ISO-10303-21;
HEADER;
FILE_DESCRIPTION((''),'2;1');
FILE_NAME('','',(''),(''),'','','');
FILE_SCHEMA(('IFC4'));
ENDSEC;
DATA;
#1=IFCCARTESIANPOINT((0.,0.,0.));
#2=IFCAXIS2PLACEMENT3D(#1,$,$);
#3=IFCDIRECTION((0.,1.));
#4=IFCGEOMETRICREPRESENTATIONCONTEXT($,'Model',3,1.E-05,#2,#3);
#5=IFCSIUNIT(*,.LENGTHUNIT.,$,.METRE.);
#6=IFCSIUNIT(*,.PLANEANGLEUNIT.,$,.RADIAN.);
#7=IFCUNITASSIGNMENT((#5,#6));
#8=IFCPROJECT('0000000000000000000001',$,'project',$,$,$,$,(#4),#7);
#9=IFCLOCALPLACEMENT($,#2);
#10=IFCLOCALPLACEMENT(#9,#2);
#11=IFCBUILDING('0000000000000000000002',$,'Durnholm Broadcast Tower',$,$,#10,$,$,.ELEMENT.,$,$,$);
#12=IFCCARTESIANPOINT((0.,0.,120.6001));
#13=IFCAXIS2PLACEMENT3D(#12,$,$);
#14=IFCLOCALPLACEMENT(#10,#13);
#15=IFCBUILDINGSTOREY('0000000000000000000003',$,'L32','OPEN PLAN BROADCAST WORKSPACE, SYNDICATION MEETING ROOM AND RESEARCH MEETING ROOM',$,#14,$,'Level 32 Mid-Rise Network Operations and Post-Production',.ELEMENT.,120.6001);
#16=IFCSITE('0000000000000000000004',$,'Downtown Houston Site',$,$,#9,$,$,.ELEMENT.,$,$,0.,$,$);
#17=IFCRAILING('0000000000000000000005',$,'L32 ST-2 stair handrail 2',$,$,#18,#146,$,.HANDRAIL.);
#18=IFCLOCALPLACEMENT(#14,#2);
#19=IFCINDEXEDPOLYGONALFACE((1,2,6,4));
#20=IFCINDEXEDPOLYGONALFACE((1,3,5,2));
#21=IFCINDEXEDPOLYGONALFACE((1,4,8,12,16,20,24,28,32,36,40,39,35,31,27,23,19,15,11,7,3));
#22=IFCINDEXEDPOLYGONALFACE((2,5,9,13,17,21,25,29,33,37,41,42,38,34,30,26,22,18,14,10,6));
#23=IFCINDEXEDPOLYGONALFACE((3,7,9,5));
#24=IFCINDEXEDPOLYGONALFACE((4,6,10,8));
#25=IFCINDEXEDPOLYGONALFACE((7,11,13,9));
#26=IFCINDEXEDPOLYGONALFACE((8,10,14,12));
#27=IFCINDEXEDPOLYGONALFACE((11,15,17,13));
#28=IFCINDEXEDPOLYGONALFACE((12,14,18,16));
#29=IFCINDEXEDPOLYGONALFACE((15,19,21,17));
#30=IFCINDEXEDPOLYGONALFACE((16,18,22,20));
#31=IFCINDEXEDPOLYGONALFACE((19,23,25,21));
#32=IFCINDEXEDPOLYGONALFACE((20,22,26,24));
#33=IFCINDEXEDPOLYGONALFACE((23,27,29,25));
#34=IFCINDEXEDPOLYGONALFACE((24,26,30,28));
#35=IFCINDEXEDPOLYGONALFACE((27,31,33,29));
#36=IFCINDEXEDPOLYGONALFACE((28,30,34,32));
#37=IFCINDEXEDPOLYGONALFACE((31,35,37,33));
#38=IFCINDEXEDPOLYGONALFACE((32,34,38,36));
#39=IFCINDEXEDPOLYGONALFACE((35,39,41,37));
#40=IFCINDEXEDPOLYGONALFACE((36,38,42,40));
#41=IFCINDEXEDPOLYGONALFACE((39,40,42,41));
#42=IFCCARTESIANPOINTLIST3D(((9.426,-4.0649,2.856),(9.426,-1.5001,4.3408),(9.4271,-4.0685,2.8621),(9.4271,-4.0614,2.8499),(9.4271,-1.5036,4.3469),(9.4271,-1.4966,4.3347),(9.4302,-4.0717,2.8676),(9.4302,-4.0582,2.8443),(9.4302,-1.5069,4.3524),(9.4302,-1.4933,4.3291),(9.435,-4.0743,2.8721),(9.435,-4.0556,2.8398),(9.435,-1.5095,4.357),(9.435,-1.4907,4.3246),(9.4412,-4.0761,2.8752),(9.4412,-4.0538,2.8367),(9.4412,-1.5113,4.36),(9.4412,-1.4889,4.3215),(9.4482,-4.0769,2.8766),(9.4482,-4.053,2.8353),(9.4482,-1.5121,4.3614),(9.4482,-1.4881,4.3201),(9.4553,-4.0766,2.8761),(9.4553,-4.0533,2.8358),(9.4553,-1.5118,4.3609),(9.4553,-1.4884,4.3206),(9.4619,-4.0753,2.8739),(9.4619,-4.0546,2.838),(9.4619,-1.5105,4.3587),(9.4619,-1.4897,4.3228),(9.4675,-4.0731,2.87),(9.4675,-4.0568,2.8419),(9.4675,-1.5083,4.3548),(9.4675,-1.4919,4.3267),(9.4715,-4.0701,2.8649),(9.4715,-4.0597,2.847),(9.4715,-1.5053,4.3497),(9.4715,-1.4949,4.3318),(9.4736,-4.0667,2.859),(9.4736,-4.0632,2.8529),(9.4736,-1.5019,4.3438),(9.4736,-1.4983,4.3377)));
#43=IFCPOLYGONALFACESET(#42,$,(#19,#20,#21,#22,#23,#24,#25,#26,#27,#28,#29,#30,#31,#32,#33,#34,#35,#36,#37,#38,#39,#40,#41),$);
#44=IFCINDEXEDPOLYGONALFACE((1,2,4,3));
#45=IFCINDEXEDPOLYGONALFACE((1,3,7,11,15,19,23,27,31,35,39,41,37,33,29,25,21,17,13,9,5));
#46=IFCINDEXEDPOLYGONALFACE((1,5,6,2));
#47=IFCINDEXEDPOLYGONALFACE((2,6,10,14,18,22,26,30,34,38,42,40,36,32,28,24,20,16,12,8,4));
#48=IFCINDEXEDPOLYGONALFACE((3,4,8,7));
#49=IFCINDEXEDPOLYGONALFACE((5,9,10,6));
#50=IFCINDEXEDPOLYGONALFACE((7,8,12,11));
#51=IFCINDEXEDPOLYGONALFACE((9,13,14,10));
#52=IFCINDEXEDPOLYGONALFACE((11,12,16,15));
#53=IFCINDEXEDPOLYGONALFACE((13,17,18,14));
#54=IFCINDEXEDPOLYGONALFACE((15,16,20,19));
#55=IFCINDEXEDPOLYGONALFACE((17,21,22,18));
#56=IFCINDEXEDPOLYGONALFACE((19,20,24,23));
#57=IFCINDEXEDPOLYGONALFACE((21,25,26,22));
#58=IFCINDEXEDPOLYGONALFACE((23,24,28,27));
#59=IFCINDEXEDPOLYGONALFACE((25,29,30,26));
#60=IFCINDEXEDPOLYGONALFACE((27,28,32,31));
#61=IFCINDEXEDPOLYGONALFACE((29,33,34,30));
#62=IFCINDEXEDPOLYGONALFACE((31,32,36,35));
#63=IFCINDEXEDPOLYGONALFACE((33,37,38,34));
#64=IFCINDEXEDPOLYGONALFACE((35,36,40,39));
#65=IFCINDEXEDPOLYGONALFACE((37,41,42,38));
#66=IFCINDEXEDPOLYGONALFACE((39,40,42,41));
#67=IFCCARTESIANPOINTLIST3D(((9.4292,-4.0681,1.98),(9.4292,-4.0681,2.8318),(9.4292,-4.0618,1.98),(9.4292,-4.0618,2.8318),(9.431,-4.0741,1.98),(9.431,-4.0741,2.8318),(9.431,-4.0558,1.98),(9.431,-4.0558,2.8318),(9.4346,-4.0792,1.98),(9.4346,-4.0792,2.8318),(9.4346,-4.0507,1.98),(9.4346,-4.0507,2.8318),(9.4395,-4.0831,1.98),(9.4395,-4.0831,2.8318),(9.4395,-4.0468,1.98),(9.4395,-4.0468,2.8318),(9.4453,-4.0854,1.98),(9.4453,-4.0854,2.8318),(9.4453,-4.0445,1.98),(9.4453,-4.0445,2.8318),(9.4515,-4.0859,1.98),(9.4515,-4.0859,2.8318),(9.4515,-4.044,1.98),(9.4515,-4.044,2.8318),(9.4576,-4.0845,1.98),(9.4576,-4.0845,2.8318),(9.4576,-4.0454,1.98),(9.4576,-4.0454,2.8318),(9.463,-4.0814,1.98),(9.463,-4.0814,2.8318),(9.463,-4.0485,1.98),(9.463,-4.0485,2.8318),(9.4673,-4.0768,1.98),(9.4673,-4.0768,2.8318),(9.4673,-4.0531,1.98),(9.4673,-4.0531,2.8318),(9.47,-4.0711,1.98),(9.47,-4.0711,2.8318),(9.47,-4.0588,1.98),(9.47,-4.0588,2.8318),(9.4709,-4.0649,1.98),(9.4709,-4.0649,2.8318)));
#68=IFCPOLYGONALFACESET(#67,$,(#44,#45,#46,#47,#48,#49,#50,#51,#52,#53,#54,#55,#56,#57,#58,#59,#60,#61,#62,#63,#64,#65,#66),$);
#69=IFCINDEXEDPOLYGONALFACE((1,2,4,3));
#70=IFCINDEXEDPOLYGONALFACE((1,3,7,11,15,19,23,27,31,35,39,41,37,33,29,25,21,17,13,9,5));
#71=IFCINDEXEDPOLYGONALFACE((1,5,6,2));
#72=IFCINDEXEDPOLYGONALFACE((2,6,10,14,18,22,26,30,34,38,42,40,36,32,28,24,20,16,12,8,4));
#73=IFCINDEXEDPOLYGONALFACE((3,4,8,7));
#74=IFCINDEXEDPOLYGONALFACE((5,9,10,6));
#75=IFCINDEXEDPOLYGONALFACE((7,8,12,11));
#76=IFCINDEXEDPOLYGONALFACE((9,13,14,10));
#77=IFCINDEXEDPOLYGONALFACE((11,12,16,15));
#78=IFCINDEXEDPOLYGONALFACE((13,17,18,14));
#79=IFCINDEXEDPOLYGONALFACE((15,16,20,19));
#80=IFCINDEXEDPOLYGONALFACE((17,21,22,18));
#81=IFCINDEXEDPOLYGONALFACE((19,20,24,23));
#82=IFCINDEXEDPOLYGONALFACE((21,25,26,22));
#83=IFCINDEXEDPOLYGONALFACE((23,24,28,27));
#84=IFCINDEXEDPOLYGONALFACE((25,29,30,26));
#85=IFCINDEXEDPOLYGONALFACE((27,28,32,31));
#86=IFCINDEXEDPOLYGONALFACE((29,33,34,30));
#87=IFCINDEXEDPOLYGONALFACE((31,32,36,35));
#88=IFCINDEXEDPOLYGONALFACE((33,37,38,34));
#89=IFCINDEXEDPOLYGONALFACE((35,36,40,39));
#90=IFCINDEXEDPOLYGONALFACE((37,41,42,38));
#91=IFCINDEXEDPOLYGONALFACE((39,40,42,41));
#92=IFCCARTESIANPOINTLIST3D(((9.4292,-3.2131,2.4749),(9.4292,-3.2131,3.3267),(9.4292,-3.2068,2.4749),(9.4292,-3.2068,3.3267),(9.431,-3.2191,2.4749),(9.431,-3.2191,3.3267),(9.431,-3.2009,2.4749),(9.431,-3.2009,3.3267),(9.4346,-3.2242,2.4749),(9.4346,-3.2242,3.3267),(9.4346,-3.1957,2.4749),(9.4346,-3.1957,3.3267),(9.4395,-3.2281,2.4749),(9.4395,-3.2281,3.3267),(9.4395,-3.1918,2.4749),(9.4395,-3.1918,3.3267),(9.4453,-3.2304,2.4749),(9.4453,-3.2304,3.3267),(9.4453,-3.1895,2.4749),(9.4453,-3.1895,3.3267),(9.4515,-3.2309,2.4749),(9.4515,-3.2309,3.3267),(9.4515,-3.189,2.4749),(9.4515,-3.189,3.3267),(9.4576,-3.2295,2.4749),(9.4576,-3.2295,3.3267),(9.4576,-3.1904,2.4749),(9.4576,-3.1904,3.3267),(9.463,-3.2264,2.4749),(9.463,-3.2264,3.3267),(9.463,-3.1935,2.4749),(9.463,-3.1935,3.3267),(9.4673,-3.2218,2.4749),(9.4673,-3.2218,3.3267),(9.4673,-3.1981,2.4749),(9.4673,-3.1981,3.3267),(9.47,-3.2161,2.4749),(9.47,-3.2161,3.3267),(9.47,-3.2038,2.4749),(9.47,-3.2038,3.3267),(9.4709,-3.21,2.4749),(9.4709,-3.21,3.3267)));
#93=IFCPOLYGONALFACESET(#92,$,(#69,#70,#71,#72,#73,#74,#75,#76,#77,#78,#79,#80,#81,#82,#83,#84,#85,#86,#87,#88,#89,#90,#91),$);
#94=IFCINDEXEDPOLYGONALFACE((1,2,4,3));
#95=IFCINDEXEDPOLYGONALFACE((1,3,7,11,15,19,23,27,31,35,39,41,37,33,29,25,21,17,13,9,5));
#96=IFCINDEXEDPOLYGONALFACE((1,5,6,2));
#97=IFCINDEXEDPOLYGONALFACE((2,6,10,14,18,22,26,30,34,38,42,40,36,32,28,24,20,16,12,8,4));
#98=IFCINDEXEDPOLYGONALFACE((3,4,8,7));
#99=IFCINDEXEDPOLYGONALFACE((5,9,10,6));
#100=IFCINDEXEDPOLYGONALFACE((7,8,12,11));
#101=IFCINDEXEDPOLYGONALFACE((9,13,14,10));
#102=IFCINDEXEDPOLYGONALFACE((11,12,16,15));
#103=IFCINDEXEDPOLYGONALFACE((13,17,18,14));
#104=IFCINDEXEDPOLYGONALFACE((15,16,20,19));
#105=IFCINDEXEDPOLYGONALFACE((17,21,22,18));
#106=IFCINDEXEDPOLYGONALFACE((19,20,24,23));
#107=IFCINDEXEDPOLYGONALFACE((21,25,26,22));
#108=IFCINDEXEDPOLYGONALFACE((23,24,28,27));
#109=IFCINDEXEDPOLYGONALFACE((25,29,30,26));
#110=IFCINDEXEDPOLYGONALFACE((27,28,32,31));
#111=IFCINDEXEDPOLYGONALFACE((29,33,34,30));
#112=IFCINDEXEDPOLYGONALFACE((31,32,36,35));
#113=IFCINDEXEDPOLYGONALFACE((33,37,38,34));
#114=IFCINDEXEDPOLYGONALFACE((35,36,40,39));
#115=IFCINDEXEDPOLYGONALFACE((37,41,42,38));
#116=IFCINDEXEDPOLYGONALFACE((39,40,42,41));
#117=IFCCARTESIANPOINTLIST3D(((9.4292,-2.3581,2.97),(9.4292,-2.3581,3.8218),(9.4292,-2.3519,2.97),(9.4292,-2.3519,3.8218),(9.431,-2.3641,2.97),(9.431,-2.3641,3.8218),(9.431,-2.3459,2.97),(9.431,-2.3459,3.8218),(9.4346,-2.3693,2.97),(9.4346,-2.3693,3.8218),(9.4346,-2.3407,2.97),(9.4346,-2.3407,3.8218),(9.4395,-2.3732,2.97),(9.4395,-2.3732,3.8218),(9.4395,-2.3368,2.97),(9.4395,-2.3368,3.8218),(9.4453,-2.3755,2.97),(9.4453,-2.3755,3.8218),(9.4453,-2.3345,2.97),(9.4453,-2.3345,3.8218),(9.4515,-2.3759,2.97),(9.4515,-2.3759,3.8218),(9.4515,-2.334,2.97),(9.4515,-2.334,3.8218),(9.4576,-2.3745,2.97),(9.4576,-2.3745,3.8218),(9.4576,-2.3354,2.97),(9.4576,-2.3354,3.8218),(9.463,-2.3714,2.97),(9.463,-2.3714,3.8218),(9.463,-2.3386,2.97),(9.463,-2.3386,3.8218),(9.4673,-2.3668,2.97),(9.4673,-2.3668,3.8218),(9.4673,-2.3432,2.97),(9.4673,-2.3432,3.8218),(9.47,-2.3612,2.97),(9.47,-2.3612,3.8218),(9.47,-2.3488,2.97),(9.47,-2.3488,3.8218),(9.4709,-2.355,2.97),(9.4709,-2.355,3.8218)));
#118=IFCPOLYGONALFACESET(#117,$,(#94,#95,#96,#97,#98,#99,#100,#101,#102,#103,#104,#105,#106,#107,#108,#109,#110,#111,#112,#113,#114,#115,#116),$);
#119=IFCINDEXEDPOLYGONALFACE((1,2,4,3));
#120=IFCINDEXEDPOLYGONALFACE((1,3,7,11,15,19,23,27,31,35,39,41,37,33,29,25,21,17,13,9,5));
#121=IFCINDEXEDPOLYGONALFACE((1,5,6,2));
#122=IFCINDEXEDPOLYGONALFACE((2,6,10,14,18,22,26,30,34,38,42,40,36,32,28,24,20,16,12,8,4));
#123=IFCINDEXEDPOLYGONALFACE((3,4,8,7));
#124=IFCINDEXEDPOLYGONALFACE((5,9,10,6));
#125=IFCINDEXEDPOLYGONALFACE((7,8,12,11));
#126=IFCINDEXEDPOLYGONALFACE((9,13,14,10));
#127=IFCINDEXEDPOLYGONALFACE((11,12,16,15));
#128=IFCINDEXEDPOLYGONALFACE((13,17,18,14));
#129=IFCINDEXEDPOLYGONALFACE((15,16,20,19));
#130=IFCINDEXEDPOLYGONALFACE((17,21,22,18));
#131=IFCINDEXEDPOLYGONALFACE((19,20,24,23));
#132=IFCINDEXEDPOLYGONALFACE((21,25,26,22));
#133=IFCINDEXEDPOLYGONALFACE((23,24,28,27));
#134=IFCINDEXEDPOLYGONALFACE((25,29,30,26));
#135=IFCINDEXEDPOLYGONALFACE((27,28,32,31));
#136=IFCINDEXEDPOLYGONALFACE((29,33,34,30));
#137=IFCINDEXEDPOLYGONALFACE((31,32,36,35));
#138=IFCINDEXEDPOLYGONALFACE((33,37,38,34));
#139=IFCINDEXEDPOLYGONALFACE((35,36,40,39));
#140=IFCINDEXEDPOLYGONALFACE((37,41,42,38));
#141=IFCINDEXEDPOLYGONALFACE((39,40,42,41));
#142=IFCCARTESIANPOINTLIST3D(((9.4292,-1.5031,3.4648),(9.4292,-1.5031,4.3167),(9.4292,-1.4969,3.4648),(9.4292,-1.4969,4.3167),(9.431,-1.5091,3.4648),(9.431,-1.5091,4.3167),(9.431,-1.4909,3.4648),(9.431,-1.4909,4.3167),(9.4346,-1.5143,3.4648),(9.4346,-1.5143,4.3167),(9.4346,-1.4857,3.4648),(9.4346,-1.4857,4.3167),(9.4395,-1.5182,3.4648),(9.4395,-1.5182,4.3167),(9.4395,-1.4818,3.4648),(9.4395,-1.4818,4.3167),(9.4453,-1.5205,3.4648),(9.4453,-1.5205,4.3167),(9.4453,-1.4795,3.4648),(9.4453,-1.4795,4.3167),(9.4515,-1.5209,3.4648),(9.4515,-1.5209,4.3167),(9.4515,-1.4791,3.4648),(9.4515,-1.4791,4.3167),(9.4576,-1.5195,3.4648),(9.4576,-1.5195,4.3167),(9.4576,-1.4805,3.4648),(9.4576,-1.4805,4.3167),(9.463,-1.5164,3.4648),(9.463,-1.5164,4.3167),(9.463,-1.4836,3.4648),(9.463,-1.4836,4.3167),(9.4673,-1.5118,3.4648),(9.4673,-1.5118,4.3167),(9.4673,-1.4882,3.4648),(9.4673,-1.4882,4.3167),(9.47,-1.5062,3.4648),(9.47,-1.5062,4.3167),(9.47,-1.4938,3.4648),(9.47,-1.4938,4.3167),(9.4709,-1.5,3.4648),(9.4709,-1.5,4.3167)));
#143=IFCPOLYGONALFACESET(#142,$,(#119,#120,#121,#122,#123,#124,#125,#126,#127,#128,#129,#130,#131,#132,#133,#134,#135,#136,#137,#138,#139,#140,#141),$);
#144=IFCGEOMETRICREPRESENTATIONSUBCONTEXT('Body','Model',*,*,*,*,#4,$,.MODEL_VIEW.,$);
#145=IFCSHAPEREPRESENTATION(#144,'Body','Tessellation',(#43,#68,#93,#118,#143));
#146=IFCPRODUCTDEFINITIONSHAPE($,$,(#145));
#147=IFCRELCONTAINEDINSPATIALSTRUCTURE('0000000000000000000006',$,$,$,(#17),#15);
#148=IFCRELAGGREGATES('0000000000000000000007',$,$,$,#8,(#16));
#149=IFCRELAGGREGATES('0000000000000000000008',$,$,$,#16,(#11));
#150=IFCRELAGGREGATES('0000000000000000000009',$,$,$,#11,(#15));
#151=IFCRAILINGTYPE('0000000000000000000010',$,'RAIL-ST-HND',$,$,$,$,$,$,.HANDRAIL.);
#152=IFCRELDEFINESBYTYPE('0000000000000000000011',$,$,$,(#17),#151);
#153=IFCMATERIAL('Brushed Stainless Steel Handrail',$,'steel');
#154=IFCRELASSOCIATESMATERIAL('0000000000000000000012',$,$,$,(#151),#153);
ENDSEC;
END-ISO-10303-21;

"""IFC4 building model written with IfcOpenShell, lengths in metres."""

from ifc_helpers import new_model, si_unit, direction, frame, origin, origin_2d, place, context, subcontext, project, spatial, circle, extrude, material, type_object, element, save


model = new_model("IFC4")

# Units and contexts
model_context = context("Model", 3, precision=1e-05, world=origin(), true_north=direction((0.0, 1.0)))
body_context = subcontext(model_context, "Body", "Model", "MODEL_VIEW")
ifc_project = project(units=[si_unit("LENGTHUNIT", "METRE"), si_unit("PLANEANGLEUNIT", "RADIAN")], contexts=[model_context])

# Site, building, storey
site_placement = place(None, origin())
site = spatial("IfcSite", under=ifc_project, at=site_placement, Name="Downtown Houston Site", CompositionType="ELEMENT", RefElevation=0.0)
building_placement = place(site_placement, origin())
building = spatial("IfcBuilding", under=site, at=building_placement, Name="Durnholm Broadcast Tower", CompositionType="ELEMENT")
storey_placement = place(building_placement, frame((0.0, 0.0, 120.6001)))
storey = spatial("IfcBuildingStorey", under=building, at=storey_placement, Name="L32", Description="OPEN PLAN BROADCAST WORKSPACE, SYNDICATION MEETING ROOM AND RESEARCH MEETING ROOM", LongName="Level 32 Mid-Rise Network Operations and Post-Production", CompositionType="ELEMENT", Elevation=120.6001)

# Railing
ifc_material_1 = material(Name="Brushed Stainless Steel Handrail", Category="steel")
railing_type_1 = type_object("IfcRailingType", Name="RAIL-ST-HND", PredefinedType="HANDRAIL", material=ifc_material_1)
railing_1_placement = place(storey_placement, frame((9.45, -4.0649, 1.98)))
element("IfcRailing", 1, at=railing_1_placement, inside=storey, type_object=railing_type_1, Name="L32 ST-2 stair handrail 2", PredefinedType="HANDRAIL", context=body_context, shape_type="SweptSolid", body=[
    extrude(circle(Radius=0.0239, at=origin_2d()), frame((0.0, 0.0, 0.876), z_axis=(0.0, 0.865441, 0.50101), x_axis=(-1.0, 0.0, 0.0)), (0.0, 0.0, 1.0), 2.9636),
    extrude(circle(Radius=0.021, at=origin_2d()), origin(), (0.0, 0.0, 1.0), 0.8518),
    extrude(circle(Radius=0.021, at=origin_2d()), frame((0.0, 0.855, 0.4949)), (0.0, 0.0, 1.0), 0.8518),
    extrude(circle(Radius=0.021, at=origin_2d()), frame((0.0, 1.71, 0.99)), (0.0, 0.0, 1.0), 0.8518),
    extrude(circle(Radius=0.021, at=origin_2d()), frame((0.0, 2.5649, 1.4849)), (0.0, 0.0, 1.0), 0.8518),
])

save(model, "model.ifc")
